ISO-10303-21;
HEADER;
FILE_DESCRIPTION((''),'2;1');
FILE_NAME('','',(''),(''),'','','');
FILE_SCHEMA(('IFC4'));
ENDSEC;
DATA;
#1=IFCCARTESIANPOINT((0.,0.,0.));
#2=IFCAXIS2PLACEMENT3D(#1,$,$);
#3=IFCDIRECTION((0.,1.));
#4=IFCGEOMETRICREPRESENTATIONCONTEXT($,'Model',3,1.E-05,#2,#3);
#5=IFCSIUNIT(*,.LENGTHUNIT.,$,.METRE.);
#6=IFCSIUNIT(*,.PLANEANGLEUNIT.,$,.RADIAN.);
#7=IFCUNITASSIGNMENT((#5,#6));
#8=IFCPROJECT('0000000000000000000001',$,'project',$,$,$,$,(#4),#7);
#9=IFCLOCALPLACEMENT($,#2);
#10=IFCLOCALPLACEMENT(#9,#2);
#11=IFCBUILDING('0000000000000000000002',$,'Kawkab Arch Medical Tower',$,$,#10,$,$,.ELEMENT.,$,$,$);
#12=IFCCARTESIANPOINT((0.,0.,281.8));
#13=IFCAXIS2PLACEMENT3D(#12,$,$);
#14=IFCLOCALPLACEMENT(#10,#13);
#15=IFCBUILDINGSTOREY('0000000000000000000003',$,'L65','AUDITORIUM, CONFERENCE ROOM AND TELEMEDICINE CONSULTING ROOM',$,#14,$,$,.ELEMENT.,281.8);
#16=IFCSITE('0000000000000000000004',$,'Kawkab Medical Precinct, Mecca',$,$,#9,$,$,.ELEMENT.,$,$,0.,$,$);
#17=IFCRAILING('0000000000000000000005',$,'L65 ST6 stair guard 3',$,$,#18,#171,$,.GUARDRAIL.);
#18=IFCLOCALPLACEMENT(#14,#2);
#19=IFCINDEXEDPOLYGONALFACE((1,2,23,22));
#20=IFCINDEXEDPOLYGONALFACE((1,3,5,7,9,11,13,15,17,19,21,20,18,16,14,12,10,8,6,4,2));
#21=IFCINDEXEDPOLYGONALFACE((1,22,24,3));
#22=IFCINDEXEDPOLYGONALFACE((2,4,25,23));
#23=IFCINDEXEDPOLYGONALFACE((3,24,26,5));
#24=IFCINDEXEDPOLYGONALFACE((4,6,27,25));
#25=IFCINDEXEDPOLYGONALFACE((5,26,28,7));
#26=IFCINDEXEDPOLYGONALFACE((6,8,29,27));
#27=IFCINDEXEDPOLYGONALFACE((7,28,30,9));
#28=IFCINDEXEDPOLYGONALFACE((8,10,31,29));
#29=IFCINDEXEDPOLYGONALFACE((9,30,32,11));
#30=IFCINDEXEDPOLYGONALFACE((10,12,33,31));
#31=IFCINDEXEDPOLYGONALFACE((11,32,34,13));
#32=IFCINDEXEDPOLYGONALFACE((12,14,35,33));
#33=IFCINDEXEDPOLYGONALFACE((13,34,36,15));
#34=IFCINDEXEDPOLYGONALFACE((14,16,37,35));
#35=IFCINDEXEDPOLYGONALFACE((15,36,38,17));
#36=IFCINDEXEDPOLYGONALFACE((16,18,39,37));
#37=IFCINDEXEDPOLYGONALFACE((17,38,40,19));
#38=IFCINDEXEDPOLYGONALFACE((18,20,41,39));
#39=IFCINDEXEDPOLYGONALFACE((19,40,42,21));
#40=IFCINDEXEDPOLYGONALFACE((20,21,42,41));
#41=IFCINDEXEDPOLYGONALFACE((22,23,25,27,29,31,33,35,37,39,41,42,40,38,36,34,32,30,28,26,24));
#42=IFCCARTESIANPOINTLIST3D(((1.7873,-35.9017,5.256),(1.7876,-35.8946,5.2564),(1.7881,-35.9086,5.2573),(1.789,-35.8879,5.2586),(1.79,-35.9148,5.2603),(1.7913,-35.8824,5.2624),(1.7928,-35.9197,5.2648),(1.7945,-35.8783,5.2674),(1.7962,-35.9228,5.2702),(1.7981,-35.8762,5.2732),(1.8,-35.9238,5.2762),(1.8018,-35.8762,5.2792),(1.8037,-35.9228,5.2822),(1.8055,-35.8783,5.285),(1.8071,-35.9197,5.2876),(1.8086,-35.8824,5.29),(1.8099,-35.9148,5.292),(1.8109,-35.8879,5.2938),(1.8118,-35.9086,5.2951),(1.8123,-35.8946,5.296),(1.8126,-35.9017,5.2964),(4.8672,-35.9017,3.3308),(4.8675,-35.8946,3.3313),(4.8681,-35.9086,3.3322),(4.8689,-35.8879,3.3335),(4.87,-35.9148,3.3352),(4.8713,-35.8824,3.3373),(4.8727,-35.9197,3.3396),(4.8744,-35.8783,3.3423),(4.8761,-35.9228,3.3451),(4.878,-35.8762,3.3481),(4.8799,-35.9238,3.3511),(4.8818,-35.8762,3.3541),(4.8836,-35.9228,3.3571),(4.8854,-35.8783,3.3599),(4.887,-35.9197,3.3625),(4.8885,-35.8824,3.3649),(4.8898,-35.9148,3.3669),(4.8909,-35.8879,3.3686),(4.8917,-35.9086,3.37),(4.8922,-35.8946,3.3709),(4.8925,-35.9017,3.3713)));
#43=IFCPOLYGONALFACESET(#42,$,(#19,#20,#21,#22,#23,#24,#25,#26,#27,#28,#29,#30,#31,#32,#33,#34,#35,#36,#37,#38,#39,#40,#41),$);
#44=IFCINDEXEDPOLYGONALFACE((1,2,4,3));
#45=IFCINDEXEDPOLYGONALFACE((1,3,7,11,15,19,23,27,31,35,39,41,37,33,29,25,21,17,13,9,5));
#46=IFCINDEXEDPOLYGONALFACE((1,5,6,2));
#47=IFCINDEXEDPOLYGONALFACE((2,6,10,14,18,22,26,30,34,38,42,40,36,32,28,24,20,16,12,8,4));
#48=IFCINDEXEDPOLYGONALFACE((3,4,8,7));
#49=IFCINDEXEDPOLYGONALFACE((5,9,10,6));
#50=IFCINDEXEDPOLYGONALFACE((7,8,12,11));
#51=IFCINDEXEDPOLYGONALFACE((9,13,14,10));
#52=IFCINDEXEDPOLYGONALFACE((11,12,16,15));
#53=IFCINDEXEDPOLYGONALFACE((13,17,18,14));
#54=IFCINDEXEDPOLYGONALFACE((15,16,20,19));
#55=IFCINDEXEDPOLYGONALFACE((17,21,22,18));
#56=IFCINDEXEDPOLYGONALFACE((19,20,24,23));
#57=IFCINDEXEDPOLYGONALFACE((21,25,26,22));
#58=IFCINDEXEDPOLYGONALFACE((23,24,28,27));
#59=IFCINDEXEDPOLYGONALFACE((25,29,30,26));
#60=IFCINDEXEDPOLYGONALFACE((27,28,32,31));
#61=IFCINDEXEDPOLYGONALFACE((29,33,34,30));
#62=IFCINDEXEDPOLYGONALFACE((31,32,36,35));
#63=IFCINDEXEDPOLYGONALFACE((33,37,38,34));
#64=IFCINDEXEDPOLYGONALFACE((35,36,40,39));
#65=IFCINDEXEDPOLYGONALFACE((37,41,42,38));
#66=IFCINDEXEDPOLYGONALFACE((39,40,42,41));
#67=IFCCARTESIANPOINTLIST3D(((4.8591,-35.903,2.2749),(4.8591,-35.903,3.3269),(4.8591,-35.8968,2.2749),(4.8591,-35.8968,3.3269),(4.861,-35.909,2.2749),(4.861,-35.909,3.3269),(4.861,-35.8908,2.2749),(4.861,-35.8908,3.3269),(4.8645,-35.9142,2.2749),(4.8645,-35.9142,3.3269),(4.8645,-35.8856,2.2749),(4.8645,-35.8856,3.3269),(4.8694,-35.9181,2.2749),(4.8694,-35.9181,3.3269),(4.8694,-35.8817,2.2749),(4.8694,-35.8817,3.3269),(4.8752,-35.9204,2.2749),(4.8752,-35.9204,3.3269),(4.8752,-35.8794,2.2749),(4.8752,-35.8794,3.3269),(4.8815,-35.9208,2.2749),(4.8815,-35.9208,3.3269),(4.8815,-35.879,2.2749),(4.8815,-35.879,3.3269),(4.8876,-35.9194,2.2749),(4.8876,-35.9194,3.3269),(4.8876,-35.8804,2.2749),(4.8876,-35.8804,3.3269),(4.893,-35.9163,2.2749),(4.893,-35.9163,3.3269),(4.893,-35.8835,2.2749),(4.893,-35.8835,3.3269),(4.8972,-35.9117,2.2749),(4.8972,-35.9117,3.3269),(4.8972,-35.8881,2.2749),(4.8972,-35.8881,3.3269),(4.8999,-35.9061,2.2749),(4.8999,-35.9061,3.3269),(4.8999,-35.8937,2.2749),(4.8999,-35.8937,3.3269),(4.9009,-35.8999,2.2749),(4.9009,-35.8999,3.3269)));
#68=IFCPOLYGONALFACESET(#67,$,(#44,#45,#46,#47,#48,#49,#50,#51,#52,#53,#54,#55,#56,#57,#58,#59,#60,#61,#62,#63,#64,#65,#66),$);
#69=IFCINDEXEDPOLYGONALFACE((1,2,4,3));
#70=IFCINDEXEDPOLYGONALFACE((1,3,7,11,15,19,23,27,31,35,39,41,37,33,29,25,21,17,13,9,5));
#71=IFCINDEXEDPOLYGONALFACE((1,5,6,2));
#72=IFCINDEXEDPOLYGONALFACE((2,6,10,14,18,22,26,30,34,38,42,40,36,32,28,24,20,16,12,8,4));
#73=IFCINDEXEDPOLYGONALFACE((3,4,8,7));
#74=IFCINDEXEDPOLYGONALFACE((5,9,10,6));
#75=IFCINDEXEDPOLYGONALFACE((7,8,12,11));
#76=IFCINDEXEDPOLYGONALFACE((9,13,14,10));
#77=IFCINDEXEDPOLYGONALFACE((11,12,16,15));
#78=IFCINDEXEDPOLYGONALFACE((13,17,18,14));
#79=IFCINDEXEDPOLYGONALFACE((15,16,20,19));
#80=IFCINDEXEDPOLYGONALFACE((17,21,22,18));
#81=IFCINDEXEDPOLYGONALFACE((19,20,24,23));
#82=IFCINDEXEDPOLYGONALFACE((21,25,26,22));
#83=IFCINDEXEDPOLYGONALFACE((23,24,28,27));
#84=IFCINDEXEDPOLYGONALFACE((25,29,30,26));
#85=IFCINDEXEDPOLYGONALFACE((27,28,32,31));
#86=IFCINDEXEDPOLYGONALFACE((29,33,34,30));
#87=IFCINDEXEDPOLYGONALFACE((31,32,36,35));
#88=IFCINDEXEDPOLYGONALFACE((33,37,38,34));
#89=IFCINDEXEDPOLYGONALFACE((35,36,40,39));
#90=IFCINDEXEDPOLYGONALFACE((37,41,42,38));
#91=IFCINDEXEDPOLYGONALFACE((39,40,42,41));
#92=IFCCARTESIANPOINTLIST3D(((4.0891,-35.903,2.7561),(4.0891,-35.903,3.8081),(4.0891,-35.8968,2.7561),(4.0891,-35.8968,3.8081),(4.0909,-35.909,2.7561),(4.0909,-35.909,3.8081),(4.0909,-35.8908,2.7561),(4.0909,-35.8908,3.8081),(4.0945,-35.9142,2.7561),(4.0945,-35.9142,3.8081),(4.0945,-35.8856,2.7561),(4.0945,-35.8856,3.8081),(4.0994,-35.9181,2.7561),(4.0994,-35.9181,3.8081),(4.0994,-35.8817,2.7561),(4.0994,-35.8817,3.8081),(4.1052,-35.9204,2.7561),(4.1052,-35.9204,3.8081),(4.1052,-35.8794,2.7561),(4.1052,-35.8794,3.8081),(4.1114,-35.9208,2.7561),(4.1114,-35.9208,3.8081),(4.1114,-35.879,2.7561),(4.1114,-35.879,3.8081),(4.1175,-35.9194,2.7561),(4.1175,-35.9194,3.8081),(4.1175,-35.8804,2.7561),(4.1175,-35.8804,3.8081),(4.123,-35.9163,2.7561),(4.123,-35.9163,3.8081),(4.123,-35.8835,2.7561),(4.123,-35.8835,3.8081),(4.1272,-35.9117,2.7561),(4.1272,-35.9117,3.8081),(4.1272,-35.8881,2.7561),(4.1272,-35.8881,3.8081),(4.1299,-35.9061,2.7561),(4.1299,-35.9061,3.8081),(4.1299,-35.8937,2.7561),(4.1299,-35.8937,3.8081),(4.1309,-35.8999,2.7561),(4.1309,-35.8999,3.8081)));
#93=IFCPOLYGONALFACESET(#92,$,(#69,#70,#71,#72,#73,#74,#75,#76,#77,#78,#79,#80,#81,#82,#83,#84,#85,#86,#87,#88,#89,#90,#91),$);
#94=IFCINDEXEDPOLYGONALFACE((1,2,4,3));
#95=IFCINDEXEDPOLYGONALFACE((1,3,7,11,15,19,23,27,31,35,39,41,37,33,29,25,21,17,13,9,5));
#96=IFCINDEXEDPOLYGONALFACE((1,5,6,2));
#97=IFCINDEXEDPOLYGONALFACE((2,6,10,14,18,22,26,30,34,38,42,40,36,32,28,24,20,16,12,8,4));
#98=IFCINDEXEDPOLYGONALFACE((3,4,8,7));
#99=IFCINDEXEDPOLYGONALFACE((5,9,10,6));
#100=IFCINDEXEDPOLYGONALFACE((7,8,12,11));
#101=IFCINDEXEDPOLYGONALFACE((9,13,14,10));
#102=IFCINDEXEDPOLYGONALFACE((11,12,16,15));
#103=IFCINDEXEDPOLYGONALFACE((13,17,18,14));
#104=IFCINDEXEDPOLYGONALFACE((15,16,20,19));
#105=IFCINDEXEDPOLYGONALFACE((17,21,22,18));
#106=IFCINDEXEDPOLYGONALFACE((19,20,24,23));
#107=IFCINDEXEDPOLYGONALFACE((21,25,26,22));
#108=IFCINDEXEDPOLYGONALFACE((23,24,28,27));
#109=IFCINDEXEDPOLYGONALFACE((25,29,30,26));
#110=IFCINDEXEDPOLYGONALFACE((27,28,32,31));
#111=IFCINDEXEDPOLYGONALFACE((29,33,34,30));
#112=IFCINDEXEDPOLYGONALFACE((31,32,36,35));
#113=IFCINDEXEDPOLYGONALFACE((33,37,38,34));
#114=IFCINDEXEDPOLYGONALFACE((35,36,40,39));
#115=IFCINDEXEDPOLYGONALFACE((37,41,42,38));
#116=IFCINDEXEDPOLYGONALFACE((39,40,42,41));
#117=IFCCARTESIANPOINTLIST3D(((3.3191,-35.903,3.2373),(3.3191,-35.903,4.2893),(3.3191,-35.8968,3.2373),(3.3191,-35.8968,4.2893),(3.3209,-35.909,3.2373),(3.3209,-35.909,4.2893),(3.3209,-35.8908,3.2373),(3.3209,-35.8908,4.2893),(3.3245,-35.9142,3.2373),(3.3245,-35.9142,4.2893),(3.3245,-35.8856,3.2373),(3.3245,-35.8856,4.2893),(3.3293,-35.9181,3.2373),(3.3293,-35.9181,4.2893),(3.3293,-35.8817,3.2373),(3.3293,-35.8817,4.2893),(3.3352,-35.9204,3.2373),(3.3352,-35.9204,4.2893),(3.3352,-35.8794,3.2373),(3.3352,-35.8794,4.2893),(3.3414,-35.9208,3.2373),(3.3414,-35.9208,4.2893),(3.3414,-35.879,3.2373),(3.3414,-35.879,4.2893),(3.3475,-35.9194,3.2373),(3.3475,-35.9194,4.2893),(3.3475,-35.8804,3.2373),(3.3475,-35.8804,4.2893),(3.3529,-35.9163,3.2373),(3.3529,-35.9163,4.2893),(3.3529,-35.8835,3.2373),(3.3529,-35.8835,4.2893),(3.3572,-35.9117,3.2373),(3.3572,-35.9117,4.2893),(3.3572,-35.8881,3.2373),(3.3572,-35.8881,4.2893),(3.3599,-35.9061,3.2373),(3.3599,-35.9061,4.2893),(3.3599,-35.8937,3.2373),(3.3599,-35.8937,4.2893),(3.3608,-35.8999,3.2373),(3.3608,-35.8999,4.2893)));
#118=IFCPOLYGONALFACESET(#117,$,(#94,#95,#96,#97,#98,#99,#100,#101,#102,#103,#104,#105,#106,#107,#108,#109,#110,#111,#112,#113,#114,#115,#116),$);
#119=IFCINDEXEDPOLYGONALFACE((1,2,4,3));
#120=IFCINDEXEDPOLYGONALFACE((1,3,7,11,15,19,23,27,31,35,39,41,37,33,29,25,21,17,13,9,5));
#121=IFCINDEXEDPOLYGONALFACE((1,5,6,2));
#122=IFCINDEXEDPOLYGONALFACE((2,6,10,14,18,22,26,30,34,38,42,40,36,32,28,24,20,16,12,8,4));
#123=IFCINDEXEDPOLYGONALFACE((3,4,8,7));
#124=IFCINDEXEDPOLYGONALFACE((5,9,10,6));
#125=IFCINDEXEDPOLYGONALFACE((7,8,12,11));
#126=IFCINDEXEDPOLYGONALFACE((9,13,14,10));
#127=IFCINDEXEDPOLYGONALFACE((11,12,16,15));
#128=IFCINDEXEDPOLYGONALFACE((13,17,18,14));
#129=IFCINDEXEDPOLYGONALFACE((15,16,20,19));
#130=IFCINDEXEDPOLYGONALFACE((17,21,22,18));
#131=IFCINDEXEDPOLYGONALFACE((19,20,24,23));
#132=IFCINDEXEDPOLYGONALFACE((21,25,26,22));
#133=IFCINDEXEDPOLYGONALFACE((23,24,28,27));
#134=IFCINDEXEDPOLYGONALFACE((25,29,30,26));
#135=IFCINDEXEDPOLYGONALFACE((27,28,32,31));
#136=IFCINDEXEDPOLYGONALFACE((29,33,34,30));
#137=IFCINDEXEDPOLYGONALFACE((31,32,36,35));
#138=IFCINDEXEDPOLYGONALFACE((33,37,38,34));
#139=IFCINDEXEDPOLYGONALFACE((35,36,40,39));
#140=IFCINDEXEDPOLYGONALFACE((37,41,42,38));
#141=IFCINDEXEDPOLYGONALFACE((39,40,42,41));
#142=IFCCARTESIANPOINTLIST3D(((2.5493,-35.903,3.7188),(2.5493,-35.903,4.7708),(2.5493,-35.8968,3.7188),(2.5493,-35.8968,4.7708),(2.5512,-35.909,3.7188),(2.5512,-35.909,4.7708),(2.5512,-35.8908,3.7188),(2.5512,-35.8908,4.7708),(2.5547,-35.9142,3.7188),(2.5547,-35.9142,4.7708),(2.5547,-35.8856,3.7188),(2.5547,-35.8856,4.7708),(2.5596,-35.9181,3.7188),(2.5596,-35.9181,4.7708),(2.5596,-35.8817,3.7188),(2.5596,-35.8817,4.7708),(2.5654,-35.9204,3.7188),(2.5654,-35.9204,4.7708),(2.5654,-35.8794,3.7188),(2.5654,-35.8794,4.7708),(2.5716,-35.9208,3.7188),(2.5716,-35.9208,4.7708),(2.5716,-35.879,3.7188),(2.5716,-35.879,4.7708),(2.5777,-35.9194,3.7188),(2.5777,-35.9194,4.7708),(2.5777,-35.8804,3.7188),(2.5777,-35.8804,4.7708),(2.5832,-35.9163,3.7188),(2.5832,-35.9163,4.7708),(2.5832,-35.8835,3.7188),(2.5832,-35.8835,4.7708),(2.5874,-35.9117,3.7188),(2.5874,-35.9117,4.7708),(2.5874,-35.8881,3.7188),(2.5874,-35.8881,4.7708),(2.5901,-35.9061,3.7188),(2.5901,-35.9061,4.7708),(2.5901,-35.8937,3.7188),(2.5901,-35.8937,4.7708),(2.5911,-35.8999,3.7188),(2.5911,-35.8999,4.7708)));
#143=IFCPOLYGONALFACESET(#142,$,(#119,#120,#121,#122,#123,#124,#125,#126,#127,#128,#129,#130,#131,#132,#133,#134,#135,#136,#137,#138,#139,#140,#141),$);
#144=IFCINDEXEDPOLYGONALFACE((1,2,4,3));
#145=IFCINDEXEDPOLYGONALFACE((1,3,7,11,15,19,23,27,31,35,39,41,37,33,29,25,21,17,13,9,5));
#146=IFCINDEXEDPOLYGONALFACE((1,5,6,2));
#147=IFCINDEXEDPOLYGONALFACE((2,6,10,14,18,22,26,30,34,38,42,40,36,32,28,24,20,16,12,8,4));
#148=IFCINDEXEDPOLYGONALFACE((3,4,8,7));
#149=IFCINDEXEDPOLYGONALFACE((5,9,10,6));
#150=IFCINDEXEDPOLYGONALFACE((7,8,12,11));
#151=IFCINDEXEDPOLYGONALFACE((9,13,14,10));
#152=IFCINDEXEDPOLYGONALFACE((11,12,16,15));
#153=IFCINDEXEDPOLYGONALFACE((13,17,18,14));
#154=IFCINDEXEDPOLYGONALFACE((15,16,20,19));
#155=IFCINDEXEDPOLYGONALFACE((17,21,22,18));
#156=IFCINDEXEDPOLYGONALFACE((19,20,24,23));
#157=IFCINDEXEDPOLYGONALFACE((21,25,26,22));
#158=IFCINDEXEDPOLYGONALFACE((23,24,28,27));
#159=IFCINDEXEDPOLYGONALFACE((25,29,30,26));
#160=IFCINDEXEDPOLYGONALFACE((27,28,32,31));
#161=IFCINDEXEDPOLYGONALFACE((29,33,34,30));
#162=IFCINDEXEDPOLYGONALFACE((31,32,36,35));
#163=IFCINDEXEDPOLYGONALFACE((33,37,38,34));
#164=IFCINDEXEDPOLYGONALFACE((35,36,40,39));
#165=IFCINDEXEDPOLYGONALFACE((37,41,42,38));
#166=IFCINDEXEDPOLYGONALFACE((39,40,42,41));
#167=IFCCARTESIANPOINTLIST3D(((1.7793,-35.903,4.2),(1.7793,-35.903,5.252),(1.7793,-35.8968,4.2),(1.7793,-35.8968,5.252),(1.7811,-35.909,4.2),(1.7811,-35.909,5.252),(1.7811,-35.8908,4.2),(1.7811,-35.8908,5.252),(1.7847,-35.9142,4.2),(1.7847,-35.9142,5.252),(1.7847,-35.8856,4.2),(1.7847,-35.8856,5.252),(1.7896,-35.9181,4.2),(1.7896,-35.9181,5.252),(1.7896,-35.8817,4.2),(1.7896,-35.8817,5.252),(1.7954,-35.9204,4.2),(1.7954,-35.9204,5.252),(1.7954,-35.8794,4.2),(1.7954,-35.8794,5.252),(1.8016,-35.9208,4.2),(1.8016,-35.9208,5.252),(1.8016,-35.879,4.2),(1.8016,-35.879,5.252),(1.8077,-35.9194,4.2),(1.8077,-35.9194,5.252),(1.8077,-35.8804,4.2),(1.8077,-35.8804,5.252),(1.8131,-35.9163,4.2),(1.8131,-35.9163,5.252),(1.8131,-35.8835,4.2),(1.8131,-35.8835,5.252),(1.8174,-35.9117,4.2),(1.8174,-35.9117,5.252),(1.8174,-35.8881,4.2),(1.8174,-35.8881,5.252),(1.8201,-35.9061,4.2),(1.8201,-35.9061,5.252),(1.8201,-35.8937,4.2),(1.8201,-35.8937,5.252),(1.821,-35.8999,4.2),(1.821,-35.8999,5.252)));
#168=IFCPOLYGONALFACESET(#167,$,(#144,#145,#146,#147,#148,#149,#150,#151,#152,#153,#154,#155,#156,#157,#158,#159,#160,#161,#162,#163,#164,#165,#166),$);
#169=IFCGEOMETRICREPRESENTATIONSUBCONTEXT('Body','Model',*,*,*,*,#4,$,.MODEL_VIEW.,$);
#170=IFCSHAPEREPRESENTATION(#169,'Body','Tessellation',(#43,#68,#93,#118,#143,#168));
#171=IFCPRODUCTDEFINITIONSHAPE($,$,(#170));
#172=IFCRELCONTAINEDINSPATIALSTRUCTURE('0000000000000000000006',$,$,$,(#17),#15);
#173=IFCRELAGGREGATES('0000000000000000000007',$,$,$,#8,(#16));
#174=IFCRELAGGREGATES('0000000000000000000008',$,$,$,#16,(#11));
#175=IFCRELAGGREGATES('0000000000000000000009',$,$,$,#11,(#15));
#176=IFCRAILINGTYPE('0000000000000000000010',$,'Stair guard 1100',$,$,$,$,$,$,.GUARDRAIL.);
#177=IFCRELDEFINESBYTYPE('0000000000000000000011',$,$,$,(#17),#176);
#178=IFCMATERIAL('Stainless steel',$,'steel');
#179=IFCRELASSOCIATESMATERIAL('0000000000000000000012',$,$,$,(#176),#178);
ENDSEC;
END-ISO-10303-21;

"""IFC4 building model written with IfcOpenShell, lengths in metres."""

from ifc_helpers import new_model, si_unit, direction, frame, origin, origin_2d, place, context, subcontext, project, spatial, circle, extrude, material, type_object, element, save


model = new_model("IFC4")

# Units and contexts
model_context = context("Model", 3, precision=1e-05, world=origin(), true_north=direction((0.0, 1.0)))
body_context = subcontext(model_context, "Body", "Model", "MODEL_VIEW")
ifc_project = project(units=[si_unit("LENGTHUNIT", "METRE"), si_unit("PLANEANGLEUNIT", "RADIAN")], contexts=[model_context])

# Site, building, storey
site_placement = place(None, origin())
site = spatial("IfcSite", under=ifc_project, at=site_placement, Name="Kawkab Medical Precinct, Mecca", CompositionType="ELEMENT", RefElevation=0.0)
building_placement = place(site_placement, origin())
building = spatial("IfcBuilding", under=site, at=building_placement, Name="Kawkab Arch Medical Tower", CompositionType="ELEMENT")
storey_placement = place(building_placement, frame((0.0, 0.0, 281.8)))
storey = spatial("IfcBuildingStorey", under=building, at=storey_placement, Name="L65", Description="AUDITORIUM, CONFERENCE ROOM AND TELEMEDICINE CONSULTING ROOM", CompositionType="ELEMENT", Elevation=281.8)

# Railing
ifc_material_1 = material(Name="Stainless steel", Category="steel")
railing_type_1 = type_object("IfcRailingType", Name="Stair guard 1100", PredefinedType="GUARDRAIL", material=ifc_material_1)
railing_1_placement = place(storey_placement, frame((4.8799, -35.8999, 2.2749)))
element("IfcRailing", 1, at=railing_1_placement, inside=storey, type_object=railing_type_1, Name="L65 ST6 stair guard 3", PredefinedType="GUARDRAIL", context=body_context, shape_type="SweptSolid", body=[
    extrude(circle(Radius=0.0239, at=origin_2d()), frame((0.0, 0.0, 1.0762), z_axis=(-0.847979, 0.0, 0.530029), x_axis=(0.0, -1.0, 0.0)), (0.0, 0.0, 1.0), 3.6321),
    extrude(circle(Radius=0.021, at=origin_2d()), origin(), (0.0, 0.0, 1.0), 1.052),
    extrude(circle(Radius=0.021, at=origin_2d()), frame((-0.77, 0.0, 0.4812)), (0.0, 0.0, 1.0), 1.052),
    extrude(circle(Radius=0.021, at=origin_2d()), frame((-1.54, 0.0, 0.9624)), (0.0, 0.0, 1.0), 1.052),
    extrude(circle(Radius=0.021, at=origin_2d()), frame((-2.3098, 0.0, 1.4438)), (0.0, 0.0, 1.0), 1.052),
    extrude(circle(Radius=0.021, at=origin_2d()), frame((-3.0798, 0.0, 1.925)), (0.0, 0.0, 1.0), 1.052),
])

save(model, "model.ifc")
